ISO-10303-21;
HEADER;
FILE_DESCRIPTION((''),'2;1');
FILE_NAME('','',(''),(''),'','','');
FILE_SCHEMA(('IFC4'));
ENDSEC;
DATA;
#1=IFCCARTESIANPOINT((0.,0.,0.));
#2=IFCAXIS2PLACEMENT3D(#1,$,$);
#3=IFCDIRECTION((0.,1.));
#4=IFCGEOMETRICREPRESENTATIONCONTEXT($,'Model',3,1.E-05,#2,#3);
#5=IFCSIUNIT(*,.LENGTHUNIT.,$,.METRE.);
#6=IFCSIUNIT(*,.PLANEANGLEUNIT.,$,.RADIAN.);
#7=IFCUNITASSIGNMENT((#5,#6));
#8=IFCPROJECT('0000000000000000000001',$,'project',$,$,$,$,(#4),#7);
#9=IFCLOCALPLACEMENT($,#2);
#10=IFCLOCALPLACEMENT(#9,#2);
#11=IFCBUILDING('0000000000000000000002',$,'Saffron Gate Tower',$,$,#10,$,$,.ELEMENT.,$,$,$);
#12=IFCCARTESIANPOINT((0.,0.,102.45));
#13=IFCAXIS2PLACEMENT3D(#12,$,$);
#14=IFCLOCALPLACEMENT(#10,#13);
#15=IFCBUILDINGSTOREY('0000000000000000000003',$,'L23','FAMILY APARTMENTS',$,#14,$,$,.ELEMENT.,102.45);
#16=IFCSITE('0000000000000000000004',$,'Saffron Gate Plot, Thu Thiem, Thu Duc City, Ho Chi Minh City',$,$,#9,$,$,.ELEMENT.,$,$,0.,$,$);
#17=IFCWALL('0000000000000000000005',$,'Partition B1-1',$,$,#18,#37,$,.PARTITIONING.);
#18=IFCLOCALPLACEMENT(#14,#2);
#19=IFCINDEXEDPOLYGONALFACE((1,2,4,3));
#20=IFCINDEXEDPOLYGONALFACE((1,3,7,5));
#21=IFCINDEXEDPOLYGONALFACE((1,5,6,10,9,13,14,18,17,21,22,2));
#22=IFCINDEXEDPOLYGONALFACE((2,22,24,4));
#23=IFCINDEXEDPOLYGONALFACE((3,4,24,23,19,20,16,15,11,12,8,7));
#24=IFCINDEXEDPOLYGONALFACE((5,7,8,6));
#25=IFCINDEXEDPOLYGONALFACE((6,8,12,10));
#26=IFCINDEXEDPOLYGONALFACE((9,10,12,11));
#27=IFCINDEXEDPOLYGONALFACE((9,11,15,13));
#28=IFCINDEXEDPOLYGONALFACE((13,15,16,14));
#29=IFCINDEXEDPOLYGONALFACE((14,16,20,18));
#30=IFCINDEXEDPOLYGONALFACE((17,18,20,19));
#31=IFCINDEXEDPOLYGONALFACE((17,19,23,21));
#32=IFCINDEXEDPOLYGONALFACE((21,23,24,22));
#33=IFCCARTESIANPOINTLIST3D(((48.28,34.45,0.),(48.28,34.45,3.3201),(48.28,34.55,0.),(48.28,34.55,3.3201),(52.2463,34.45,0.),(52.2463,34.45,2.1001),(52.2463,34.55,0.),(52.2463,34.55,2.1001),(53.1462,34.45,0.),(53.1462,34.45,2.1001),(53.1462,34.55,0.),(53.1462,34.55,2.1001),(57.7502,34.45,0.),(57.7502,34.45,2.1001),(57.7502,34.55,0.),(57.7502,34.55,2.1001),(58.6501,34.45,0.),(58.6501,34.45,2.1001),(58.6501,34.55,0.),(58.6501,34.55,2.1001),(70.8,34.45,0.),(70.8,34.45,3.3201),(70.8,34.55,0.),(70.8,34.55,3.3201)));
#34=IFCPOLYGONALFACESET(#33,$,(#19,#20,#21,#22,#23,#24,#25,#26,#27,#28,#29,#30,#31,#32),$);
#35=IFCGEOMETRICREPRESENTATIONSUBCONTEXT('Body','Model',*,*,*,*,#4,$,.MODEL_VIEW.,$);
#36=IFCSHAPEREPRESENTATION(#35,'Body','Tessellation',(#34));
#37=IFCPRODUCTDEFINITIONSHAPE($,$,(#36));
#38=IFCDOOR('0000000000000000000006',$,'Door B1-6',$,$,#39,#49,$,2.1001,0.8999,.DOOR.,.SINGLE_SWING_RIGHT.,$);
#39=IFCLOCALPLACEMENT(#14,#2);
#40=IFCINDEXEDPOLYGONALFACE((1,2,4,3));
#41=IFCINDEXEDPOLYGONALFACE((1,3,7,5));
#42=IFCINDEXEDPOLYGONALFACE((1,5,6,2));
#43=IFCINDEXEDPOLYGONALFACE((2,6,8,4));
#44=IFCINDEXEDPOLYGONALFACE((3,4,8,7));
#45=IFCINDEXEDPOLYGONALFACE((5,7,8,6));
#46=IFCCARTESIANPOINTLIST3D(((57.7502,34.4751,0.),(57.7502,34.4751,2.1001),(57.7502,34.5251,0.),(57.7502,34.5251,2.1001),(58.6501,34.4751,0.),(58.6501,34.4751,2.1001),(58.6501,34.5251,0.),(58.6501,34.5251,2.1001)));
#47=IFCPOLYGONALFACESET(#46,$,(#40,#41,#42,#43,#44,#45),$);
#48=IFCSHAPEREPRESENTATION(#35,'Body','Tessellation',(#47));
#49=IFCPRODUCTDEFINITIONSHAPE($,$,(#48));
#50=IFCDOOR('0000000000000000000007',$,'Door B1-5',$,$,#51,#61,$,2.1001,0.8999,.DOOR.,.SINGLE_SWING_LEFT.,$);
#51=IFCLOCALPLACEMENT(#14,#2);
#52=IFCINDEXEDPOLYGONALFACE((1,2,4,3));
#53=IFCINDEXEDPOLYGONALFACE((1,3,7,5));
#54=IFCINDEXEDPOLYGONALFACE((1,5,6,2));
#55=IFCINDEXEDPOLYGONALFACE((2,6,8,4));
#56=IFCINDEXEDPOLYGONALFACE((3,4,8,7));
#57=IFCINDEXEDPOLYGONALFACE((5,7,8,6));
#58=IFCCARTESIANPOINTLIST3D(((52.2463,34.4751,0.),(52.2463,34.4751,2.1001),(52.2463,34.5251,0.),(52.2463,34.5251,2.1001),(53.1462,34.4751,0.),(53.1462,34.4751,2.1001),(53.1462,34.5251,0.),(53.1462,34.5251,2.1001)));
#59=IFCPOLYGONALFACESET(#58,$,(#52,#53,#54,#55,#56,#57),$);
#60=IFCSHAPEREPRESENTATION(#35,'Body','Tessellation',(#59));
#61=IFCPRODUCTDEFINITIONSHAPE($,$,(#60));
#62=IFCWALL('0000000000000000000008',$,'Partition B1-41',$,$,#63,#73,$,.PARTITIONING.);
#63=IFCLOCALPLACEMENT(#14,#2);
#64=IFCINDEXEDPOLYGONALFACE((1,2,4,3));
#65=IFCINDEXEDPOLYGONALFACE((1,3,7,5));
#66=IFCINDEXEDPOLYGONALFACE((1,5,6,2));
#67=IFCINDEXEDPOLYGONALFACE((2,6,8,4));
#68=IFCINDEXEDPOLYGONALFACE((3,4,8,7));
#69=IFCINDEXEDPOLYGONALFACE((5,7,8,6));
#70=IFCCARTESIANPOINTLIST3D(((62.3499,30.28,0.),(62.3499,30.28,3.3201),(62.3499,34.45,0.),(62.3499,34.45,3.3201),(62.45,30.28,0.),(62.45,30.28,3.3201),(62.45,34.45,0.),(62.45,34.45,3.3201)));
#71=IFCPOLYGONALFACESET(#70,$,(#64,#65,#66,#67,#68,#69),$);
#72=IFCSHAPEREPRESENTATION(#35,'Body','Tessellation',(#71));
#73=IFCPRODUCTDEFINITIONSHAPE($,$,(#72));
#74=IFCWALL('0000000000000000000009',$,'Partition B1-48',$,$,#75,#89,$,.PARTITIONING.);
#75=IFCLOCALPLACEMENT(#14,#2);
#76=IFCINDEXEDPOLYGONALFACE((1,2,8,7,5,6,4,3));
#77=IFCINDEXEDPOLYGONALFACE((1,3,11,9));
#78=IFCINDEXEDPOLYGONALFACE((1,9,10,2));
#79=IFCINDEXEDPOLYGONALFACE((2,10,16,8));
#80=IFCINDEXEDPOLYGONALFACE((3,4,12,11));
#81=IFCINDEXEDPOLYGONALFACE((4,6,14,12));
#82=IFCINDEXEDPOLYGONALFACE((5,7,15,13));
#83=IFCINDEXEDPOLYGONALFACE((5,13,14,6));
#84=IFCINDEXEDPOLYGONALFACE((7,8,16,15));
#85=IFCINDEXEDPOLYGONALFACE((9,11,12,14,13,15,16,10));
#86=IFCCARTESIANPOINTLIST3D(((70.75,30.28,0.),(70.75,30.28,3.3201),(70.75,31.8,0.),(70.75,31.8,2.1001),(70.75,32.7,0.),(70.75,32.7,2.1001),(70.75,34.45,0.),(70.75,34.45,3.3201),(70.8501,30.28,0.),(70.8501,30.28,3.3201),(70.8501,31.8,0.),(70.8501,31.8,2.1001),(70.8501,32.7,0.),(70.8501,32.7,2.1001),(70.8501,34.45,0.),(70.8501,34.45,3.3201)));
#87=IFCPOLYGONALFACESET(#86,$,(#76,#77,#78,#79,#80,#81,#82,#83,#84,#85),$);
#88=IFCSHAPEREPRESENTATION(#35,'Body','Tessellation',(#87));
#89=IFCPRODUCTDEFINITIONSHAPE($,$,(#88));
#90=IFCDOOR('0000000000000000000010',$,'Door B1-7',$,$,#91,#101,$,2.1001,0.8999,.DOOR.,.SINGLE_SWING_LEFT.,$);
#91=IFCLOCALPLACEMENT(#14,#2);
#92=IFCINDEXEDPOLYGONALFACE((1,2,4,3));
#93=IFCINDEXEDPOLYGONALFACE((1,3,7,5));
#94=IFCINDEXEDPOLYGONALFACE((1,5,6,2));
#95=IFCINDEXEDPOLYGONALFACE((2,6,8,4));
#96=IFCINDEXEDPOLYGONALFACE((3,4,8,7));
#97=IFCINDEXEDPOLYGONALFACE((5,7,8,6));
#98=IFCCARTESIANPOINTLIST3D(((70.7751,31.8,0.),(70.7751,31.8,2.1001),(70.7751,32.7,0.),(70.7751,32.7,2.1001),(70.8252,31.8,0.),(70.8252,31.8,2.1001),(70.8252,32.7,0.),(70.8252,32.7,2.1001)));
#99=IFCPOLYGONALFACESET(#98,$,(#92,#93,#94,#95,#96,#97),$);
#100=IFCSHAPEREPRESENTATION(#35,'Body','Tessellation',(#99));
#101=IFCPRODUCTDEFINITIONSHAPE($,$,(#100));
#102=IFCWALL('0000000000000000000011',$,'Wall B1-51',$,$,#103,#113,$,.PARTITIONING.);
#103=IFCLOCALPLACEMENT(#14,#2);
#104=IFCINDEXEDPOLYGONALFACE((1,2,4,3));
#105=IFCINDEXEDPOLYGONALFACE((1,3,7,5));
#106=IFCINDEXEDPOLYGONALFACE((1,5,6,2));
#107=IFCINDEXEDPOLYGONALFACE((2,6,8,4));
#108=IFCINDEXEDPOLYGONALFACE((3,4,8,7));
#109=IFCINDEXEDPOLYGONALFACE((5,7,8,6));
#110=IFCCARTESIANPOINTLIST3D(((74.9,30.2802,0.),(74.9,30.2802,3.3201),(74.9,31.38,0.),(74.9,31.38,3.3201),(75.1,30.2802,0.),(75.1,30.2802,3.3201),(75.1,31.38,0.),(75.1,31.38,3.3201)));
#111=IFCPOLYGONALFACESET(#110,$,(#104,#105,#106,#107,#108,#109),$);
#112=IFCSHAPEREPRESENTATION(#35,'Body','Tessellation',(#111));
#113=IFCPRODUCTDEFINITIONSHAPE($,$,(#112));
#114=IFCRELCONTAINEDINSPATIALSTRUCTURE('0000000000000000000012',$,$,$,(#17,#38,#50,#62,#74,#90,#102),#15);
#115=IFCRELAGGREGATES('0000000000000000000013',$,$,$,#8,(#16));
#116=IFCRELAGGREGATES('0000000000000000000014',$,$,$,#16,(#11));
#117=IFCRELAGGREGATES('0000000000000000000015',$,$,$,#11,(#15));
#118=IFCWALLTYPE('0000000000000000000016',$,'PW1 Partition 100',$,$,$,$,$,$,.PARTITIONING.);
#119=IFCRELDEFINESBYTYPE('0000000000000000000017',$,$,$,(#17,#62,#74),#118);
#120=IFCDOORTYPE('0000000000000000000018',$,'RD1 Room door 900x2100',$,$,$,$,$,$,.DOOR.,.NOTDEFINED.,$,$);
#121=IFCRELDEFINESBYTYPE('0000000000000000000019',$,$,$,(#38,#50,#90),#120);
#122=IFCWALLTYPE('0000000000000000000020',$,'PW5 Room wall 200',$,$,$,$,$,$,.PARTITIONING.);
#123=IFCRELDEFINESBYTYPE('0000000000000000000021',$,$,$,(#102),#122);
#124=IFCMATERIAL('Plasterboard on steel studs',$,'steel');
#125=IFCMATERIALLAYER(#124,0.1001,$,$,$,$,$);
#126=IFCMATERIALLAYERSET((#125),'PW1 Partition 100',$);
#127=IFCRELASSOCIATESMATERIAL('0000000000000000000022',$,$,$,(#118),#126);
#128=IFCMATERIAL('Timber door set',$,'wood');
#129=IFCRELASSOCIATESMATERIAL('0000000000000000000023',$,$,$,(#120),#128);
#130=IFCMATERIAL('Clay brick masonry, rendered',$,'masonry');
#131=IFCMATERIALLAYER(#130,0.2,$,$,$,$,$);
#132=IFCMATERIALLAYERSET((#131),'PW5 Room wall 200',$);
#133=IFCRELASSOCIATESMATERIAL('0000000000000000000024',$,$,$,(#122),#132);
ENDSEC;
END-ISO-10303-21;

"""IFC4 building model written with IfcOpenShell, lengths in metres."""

from ifc_helpers import new_model, si_unit, direction, frame, frame_2d, origin, place, context, subcontext, project, spatial, rectangle, extrude, material, layer, layer_set, type_object, element, fill, save


model = new_model("IFC4")

# Units and contexts
model_context = context("Model", 3, precision=1e-05, world=origin(), true_north=direction((0.0, 1.0)))
body_context = subcontext(model_context, "Body", "Model", "MODEL_VIEW")
ifc_project = project(units=[si_unit("LENGTHUNIT", "METRE"), si_unit("PLANEANGLEUNIT", "RADIAN")], contexts=[model_context])

# Site, building, storey
site_placement = place(None, origin())
site = spatial("IfcSite", under=ifc_project, at=site_placement, Name="Saffron Gate Plot, Thu Thiem, Thu Duc City, Ho Chi Minh City", CompositionType="ELEMENT", RefElevation=0.0)
building_placement = place(site_placement, origin())
building = spatial("IfcBuilding", under=site, at=building_placement, Name="Saffron Gate Tower", CompositionType="ELEMENT")
storey_placement = place(building_placement, frame((0.0, 0.0, 102.45)))
storey = spatial("IfcBuildingStorey", under=building, at=storey_placement, Name="L23", Description="FAMILY APARTMENTS", CompositionType="ELEMENT", Elevation=102.45)

# Wall, openings, doors
ifc_material_1 = material(Name="Plasterboard on steel studs", Category="steel")
ifc_layer_1 = layer(ifc_material_1, 0.1001)
ifc_layer_set_1 = layer_set([ifc_layer_1], Name="PW1 Partition 100")
wall_type_1 = type_object("IfcWallType", Name="PW1 Partition 100", PredefinedType="PARTITIONING", material=ifc_layer_set_1)
wall_1_placement = place(storey_placement, frame((70.8, 34.5, 0.0), z_axis=(0.0, 0.0, 1.0), x_axis=(-1.0, 0.0, 0.0)))
wall_1 = element("IfcWall", 1, at=wall_1_placement, inside=storey, type_object=wall_type_1, Name="Partition B1-1", PredefinedType="PARTITIONING", context=body_context, shape_type="SweptSolid", body=[
    extrude(rectangle(XDim=22.52, YDim=0.1001, at=frame_2d((11.26, 0.0))), origin(), (0.0, 0.0, 1.0), 3.3201),
])
opening_1_placement = place(wall_1_placement, frame((12.1499, 0.0, 0.0)))
opening_1 = element("IfcOpeningElement", 2, at=opening_1_placement, cuts=wall_1, PredefinedType="OPENING", context=body_context, shape_type="SweptSolid", body=[
    extrude(rectangle(XDim=0.8999, YDim=2.1001, at=frame_2d((0.45, 1.05))), frame((0.0, 0.0601, 0.0), z_axis=(0.0, -1.0, 0.0), x_axis=(1.0, 0.0, 0.0)), (0.0, 0.0, 1.0), 0.1201),
])
opening_2_placement = place(wall_1_placement, frame((17.6538, 0.0, 0.0)))
opening_2 = element("IfcOpeningElement", 3, at=opening_2_placement, cuts=wall_1, PredefinedType="OPENING", context=body_context, shape_type="SweptSolid", body=[
    extrude(rectangle(XDim=0.8999, YDim=2.1001, at=frame_2d((0.45, 1.05))), frame((0.0, 0.0601, 0.0), z_axis=(0.0, -1.0, 0.0), x_axis=(1.0, 0.0, 0.0)), (0.0, 0.0, 1.0), 0.1201),
])
ifc_material_2 = material(Name="Timber door set", Category="wood")
door_type = type_object("IfcDoorType", Name="RD1 Room door 900x2100", OperationType="NOTDEFINED", PredefinedType="DOOR", material=ifc_material_2)
door_1_placement = place(opening_1_placement, origin())
door_1 = element("IfcDoor", 4, at=door_1_placement, inside=storey, type_object=door_type, Name="Door B1-6", OperationType="SINGLE_SWING_RIGHT", OverallHeight=2.1001, OverallWidth=0.8999, PredefinedType="DOOR", context=body_context, shape_type="SweptSolid", body=[
    extrude(rectangle(XDim=0.8999, YDim=2.1001, at=frame_2d((0.45, 1.05))), frame((0.0, 0.0249, 0.0), z_axis=(0.0, -1.0, 0.0), x_axis=(1.0, 0.0, 0.0)), (0.0, 0.0, 1.0), 0.05),
])
fill(opening_1, door_1)
door_2_placement = place(opening_2_placement, origin())
door_2 = element("IfcDoor", 5, at=door_2_placement, inside=storey, type_object=door_type, Name="Door B1-5", OperationType="SINGLE_SWING_LEFT", OverallHeight=2.1001, OverallWidth=0.8999, PredefinedType="DOOR", context=body_context, shape_type="SweptSolid", body=[
    extrude(rectangle(XDim=0.8999, YDim=2.1001, at=frame_2d((0.45, 1.05))), frame((0.0, 0.0249, 0.0), z_axis=(0.0, -1.0, 0.0), x_axis=(1.0, 0.0, 0.0)), (0.0, 0.0, 1.0), 0.05),
])
fill(opening_2, door_2)

# Wall
wall_2_placement = place(storey_placement, frame((62.3999, 34.45, 0.0), z_axis=(0.0, 0.0, 1.0), x_axis=(0.0, -1.0, 0.0)))
element("IfcWall", 6, at=wall_2_placement, inside=storey, type_object=wall_type_1, Name="Partition B1-41", PredefinedType="PARTITIONING", context=body_context, shape_type="SweptSolid", body=[
    extrude(rectangle(XDim=4.1699, YDim=0.1001, at=frame_2d((2.085, 0.0))), origin(), (0.0, 0.0, 1.0), 3.3201),
])

# Wall, opening, door
wall_3_placement = place(storey_placement, frame((70.8, 30.28, 0.0), z_axis=(0.0, 0.0, 1.0), x_axis=(0.0, 1.0, 0.0)))
wall_3 = element("IfcWall", 7, at=wall_3_placement, inside=storey, type_object=wall_type_1, Name="Partition B1-48", PredefinedType="PARTITIONING", context=body_context, shape_type="SweptSolid", body=[
    extrude(rectangle(XDim=4.1699, YDim=0.1001, at=frame_2d((2.085, 0.0))), origin(), (0.0, 0.0, 1.0), 3.3201),
])
opening_3_placement = place(wall_3_placement, frame((1.52, 0.0, 0.0)))
opening_3 = element("IfcOpeningElement", 8, at=opening_3_placement, cuts=wall_3, PredefinedType="OPENING", context=body_context, shape_type="SweptSolid", body=[
    extrude(rectangle(XDim=0.8999, YDim=2.1001, at=frame_2d((0.45, 1.05))), frame((0.0, 0.0601, 0.0), z_axis=(0.0, -1.0, 0.0), x_axis=(1.0, 0.0, 0.0)), (0.0, 0.0, 1.0), 0.1201),
])
door_3_placement = place(opening_3_placement, origin())
door_3 = element("IfcDoor", 9, at=door_3_placement, inside=storey, type_object=door_type, Name="Door B1-7", OperationType="SINGLE_SWING_LEFT", OverallHeight=2.1001, OverallWidth=0.8999, PredefinedType="DOOR", context=body_context, shape_type="SweptSolid", body=[
    extrude(rectangle(XDim=0.8999, YDim=2.1001, at=frame_2d((0.45, 1.05))), frame((0.0, 0.0249, 0.0), z_axis=(0.0, -1.0, 0.0), x_axis=(1.0, 0.0, 0.0)), (0.0, 0.0, 1.0), 0.05),
])
fill(opening_3, door_3)

# Wall
ifc_material_3 = material(Name="Clay brick masonry, rendered", Category="masonry")
ifc_layer_2 = layer(ifc_material_3, 0.2)
ifc_layer_set_2 = layer_set([ifc_layer_2], Name="PW5 Room wall 200")
wall_type_2 = type_object("IfcWallType", Name="PW5 Room wall 200", PredefinedType="PARTITIONING", material=ifc_layer_set_2)
wall_4_placement = place(storey_placement, frame((75.0, 31.3799, 0.0), z_axis=(0.0, 0.0, 1.0), x_axis=(0.0, -1.0, 0.0)))
element("IfcWall", 10, at=wall_4_placement, inside=storey, type_object=wall_type_2, Name="Wall B1-51", PredefinedType="PARTITIONING", context=body_context, shape_type="SweptSolid", body=[
    extrude(rectangle(XDim=1.0999, YDim=0.2, at=frame_2d((0.5498, 0.0))), origin(), (0.0, 0.0, 1.0), 3.3201),
])

save(model, "model.ifc")
